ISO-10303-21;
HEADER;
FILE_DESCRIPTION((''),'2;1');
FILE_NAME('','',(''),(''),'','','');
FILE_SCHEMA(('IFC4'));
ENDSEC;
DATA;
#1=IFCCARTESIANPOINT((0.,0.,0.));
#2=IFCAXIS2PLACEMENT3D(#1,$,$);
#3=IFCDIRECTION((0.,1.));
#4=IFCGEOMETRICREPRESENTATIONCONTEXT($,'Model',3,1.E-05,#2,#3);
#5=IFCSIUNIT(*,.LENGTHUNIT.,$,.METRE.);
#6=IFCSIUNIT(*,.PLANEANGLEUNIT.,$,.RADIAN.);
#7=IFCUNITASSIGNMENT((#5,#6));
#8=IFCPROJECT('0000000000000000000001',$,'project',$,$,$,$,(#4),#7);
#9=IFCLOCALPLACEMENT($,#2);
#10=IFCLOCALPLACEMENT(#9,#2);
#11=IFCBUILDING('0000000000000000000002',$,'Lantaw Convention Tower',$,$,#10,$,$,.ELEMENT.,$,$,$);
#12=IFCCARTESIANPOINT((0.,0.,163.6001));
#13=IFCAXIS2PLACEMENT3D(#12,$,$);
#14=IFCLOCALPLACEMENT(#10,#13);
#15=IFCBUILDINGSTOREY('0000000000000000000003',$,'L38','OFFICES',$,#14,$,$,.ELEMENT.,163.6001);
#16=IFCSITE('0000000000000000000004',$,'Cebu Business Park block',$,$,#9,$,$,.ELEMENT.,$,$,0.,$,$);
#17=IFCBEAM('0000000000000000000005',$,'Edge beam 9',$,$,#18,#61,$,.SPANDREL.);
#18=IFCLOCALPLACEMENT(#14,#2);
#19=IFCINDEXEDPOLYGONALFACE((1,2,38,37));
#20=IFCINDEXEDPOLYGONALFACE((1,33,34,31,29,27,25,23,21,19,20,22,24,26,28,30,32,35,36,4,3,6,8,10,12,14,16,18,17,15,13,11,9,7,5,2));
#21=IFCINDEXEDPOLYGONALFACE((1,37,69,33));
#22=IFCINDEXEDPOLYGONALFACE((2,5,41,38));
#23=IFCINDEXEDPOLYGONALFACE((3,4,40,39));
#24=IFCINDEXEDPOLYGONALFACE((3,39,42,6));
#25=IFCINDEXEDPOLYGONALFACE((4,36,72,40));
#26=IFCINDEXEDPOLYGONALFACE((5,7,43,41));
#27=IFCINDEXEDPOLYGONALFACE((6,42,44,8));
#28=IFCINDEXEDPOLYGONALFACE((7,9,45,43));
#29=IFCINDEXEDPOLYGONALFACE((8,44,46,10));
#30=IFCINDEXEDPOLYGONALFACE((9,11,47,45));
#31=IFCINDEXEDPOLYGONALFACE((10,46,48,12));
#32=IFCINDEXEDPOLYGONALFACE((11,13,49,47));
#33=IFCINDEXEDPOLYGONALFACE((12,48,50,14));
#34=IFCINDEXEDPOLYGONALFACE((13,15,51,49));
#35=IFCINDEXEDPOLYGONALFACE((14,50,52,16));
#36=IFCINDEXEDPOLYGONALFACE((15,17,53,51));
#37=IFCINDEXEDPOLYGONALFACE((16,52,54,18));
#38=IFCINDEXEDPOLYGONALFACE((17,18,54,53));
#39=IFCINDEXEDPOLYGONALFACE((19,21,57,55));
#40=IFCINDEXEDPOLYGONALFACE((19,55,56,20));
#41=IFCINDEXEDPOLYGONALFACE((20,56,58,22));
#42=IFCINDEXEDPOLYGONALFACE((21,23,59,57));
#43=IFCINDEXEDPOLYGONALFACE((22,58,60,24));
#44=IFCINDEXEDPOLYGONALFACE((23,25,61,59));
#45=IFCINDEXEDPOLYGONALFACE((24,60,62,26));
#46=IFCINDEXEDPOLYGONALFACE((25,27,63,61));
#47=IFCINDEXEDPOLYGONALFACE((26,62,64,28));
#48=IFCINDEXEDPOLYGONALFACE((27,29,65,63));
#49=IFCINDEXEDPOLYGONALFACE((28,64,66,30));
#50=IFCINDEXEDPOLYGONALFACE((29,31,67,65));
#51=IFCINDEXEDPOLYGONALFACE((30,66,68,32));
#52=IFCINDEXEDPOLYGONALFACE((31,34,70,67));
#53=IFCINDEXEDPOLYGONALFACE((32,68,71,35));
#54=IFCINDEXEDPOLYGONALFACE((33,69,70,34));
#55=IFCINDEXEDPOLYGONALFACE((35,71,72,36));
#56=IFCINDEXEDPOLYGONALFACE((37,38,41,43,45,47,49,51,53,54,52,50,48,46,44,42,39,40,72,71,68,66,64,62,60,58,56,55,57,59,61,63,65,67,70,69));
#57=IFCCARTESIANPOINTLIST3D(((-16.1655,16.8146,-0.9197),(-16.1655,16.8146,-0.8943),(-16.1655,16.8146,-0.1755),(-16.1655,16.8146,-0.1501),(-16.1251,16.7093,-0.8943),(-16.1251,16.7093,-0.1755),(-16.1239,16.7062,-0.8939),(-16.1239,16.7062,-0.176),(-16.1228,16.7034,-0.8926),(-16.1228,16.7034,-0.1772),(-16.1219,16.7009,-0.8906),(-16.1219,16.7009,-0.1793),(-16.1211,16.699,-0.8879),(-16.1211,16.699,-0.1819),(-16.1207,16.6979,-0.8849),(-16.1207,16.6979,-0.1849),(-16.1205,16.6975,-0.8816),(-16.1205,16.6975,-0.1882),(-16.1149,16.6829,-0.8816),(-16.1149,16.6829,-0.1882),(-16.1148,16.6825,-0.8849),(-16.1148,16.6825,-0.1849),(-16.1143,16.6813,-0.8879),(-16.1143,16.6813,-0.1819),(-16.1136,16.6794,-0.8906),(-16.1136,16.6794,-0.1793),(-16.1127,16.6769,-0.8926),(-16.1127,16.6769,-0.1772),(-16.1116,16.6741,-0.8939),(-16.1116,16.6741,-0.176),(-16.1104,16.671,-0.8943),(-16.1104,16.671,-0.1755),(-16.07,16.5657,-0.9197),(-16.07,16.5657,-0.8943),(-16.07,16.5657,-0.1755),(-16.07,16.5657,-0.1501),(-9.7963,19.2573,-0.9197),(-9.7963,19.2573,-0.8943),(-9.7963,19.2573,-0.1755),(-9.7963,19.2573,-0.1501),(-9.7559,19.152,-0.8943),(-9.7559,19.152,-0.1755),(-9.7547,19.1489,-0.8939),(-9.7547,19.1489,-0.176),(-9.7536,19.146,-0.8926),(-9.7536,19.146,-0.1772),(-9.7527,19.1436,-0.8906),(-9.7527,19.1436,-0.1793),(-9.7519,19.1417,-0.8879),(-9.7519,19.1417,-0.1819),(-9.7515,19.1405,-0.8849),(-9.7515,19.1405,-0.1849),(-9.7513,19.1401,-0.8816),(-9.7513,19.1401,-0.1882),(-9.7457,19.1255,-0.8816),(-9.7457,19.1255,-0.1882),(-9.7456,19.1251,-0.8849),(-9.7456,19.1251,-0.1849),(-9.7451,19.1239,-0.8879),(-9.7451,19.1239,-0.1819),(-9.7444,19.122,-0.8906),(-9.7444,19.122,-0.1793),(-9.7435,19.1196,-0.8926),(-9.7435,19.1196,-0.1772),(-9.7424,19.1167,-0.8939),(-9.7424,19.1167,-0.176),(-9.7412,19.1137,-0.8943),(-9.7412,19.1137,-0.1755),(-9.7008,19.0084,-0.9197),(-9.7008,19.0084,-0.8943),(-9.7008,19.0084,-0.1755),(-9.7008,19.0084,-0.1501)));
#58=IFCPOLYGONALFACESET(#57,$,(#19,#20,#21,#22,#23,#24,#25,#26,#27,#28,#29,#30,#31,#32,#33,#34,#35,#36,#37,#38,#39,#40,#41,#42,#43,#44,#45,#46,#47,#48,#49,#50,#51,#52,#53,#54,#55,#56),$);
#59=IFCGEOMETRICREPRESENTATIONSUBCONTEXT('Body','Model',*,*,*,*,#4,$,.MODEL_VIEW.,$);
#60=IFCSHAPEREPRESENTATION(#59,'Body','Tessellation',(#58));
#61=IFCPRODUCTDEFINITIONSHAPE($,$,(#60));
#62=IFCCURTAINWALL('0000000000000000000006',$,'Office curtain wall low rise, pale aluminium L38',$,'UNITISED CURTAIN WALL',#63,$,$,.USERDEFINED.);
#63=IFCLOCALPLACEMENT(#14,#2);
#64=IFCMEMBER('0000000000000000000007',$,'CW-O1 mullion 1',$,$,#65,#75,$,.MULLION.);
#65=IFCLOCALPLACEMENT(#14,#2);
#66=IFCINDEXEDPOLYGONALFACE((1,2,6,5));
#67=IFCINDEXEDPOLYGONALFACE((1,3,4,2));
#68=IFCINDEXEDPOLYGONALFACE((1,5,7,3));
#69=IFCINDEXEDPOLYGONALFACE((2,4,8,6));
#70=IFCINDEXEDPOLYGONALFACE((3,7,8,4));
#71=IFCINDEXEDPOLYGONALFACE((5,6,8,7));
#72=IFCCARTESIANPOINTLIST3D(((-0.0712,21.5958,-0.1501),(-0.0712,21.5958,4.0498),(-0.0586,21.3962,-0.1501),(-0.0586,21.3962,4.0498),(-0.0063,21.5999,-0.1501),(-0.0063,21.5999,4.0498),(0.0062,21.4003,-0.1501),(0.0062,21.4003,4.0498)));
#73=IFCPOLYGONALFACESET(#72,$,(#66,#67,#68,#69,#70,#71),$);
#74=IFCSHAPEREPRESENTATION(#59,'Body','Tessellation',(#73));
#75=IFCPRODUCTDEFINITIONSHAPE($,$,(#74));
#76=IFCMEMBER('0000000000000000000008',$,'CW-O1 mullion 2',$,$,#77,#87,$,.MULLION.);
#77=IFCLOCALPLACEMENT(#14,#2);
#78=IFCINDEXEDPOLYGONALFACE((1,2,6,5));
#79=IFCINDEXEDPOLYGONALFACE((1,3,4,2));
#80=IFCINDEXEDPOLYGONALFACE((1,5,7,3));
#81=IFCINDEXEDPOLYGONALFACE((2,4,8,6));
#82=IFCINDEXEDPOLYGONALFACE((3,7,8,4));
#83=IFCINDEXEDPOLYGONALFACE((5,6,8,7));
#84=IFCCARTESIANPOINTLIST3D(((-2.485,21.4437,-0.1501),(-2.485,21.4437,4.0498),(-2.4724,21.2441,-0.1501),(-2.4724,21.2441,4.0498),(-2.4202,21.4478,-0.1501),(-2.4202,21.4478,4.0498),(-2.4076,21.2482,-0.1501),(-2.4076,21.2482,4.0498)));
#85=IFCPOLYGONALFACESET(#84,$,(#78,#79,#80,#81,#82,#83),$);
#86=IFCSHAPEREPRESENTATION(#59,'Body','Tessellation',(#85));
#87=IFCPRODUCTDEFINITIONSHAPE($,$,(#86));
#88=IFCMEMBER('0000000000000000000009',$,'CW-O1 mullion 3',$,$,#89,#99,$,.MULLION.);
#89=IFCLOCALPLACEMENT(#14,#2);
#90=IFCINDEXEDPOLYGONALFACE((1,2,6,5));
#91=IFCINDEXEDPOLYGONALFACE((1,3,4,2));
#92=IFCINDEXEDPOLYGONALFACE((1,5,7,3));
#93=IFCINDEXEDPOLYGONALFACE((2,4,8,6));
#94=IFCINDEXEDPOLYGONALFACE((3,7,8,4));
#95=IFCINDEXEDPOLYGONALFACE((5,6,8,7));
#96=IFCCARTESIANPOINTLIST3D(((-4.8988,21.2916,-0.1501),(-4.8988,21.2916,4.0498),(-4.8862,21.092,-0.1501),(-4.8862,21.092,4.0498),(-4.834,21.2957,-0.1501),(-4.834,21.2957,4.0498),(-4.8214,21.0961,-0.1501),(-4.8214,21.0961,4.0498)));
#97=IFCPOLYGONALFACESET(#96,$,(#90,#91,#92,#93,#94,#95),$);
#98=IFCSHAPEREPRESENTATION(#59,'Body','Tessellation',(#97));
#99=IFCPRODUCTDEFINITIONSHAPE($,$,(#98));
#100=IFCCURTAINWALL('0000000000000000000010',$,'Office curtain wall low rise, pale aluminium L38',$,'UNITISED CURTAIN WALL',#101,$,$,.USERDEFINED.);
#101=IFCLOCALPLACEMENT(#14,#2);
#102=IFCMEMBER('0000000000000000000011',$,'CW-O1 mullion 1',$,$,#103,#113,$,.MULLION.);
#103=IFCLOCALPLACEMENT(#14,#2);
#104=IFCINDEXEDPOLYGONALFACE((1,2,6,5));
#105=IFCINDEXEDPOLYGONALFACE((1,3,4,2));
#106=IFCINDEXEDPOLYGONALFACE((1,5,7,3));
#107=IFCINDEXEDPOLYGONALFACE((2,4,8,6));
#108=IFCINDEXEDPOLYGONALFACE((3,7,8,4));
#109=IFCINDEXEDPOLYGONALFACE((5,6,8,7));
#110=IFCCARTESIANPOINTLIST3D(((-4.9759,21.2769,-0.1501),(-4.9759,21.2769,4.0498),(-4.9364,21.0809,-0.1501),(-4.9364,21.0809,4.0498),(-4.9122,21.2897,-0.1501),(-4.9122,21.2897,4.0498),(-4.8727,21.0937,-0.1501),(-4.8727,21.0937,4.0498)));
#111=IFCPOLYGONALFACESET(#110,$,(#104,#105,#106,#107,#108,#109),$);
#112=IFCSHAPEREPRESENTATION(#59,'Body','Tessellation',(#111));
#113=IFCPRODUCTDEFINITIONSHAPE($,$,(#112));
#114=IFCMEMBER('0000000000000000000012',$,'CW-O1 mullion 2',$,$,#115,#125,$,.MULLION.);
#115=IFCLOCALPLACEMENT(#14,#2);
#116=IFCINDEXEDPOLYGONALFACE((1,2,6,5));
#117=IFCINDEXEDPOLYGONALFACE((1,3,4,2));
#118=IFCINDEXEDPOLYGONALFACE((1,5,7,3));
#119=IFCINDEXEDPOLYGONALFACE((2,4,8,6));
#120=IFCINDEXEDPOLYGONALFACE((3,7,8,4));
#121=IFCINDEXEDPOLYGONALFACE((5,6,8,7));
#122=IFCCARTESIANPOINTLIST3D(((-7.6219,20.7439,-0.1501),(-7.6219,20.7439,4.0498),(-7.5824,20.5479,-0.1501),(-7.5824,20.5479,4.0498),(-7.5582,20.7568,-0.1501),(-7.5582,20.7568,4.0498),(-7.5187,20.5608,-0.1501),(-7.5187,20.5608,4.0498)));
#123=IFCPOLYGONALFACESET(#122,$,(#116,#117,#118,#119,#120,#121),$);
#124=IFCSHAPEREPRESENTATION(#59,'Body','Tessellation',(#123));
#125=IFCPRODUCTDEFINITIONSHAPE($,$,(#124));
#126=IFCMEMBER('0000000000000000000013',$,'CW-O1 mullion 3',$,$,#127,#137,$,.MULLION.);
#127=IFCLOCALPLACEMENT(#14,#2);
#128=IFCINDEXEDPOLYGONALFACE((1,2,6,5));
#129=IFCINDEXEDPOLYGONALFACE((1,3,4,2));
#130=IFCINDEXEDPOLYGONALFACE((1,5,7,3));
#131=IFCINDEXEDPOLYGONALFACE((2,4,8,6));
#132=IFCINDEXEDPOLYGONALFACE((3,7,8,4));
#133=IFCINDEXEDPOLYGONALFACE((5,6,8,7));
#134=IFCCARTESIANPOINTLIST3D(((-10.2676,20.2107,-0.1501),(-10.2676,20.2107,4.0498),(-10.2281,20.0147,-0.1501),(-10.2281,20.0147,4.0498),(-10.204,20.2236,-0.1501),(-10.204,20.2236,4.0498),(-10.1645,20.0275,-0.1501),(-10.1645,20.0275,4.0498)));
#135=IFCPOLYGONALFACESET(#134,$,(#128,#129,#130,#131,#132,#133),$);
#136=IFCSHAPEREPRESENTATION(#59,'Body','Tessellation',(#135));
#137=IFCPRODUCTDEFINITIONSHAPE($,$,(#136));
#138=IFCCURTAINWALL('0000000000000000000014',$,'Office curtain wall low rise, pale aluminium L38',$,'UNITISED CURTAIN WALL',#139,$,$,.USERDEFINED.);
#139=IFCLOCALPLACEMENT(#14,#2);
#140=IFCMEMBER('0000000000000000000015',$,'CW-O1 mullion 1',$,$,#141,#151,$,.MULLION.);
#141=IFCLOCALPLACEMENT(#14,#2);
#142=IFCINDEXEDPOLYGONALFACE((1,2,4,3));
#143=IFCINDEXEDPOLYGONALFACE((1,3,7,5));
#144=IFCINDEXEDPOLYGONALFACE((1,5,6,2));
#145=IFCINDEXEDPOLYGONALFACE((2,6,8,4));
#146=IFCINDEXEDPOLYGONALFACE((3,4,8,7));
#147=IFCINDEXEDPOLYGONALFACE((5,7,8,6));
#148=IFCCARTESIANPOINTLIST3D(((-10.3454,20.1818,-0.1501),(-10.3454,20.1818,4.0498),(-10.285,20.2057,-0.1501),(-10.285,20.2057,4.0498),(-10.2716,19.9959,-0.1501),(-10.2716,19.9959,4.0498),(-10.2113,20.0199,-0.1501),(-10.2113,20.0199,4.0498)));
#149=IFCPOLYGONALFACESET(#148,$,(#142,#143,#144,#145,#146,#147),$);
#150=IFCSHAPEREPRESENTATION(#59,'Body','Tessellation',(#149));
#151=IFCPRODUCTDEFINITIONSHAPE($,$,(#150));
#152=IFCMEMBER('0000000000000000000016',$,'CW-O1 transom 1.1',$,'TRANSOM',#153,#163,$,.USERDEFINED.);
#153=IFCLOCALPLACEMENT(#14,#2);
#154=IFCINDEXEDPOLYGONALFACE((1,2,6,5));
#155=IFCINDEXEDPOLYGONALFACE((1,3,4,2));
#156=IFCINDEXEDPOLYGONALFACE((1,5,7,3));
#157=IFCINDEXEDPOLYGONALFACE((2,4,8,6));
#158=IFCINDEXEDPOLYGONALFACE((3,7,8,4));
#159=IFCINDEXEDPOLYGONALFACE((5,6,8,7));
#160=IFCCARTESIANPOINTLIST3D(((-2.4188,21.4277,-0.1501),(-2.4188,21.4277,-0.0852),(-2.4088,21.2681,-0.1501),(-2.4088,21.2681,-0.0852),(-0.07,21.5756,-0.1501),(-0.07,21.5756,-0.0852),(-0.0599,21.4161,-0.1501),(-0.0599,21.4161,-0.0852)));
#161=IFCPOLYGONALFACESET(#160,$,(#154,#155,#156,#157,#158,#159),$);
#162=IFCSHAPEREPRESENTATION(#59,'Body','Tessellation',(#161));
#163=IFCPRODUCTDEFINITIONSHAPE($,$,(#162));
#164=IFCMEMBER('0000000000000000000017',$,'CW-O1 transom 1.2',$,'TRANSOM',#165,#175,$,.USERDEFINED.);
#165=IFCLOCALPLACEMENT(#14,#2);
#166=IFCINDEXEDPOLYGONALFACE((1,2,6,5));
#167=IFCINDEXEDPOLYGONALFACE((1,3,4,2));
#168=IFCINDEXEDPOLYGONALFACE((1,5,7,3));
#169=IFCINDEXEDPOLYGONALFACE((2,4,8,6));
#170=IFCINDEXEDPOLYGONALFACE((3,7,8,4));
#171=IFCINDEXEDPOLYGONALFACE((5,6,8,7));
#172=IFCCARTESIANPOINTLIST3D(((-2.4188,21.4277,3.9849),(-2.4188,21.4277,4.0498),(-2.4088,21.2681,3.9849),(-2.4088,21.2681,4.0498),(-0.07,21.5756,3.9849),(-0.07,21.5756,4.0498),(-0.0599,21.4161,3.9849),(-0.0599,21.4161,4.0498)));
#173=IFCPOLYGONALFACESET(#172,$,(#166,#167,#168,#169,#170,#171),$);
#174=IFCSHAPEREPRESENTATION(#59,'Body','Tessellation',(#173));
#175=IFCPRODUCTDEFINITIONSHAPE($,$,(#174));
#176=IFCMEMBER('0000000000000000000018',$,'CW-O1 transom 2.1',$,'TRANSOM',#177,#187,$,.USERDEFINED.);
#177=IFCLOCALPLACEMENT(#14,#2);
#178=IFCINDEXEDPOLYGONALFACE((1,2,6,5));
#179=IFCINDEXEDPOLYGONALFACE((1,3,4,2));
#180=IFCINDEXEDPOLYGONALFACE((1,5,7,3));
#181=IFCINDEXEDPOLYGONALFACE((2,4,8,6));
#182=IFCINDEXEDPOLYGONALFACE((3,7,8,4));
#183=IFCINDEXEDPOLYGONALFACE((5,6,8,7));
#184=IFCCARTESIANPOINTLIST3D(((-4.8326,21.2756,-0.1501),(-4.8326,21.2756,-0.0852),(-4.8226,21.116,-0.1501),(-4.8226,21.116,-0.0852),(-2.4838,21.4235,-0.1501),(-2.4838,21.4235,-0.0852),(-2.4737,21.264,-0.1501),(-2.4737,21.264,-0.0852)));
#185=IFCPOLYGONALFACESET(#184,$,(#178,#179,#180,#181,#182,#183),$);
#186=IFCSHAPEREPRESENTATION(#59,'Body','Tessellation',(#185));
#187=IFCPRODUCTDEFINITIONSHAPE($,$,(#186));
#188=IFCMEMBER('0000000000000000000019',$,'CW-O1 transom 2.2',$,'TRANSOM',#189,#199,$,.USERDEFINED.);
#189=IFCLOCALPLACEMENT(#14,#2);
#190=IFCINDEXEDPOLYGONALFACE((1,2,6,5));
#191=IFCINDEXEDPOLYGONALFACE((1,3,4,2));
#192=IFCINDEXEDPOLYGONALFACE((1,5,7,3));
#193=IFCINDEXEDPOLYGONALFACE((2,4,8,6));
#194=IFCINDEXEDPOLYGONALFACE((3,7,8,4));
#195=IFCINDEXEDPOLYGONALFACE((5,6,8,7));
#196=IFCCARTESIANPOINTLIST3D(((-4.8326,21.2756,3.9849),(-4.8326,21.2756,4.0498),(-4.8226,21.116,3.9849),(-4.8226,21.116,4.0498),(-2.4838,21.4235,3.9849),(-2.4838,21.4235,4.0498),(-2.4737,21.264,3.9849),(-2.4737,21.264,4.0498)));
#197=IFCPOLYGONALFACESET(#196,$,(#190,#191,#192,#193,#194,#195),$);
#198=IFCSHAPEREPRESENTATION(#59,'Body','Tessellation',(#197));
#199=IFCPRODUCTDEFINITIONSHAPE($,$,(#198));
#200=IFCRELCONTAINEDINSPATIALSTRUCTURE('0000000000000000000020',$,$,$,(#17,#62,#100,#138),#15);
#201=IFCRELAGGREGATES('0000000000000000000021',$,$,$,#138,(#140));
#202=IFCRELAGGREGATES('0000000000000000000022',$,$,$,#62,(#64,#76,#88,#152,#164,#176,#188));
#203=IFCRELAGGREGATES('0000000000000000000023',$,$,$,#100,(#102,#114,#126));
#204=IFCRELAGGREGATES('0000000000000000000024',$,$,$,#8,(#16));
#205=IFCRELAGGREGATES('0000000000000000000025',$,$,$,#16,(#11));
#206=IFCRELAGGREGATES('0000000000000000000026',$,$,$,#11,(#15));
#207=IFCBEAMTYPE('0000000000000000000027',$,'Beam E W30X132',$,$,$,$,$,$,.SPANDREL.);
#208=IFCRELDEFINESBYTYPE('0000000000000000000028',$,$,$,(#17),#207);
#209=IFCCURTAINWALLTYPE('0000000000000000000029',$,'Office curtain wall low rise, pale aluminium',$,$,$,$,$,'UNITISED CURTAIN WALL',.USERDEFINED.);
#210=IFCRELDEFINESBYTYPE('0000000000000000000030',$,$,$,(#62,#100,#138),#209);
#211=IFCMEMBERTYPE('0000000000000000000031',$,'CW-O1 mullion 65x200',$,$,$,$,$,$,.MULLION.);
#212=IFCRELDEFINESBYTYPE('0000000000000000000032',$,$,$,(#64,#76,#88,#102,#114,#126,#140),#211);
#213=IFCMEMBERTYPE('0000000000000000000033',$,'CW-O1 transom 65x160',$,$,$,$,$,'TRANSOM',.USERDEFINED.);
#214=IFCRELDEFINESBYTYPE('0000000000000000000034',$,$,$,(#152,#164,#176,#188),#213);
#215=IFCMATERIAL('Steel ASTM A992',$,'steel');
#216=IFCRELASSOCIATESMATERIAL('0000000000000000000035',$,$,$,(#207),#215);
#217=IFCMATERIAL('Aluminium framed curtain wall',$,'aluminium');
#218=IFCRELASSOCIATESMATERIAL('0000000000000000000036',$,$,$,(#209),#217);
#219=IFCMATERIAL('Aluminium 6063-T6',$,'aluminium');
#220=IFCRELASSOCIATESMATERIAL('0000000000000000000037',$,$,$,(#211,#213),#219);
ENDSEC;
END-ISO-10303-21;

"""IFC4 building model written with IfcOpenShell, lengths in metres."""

from ifc_helpers import new_model, si_unit, direction, frame, origin, origin_2d, place, context, subcontext, project, spatial, rectangle, i_section, extrude, material, material_profile, profile_set, type_object, element, aggregate, save


model = new_model("IFC4")

# Units and contexts
model_context = context("Model", 3, precision=1e-05, world=origin(), true_north=direction((0.0, 1.0)))
body_context = subcontext(model_context, "Body", "Model", "MODEL_VIEW")
ifc_project = project(units=[si_unit("LENGTHUNIT", "METRE"), si_unit("PLANEANGLEUNIT", "RADIAN")], contexts=[model_context])

# Site, building, storey
site_placement = place(None, origin())
site = spatial("IfcSite", under=ifc_project, at=site_placement, Name="Cebu Business Park block", CompositionType="ELEMENT", RefElevation=0.0)
building_placement = place(site_placement, origin())
building = spatial("IfcBuilding", under=site, at=building_placement, Name="Lantaw Convention Tower", CompositionType="ELEMENT")
storey_placement = place(building_placement, frame((0.0, 0.0, 163.6001)))
storey = spatial("IfcBuildingStorey", under=building, at=storey_placement, Name="L38", Description="OFFICES", CompositionType="ELEMENT", Elevation=163.6001)

# Beam
ifc_material_1 = material(Name="Steel ASTM A992", Category="steel")
ifc_material_profile_1 = material_profile(ifc_material_1, i_section(OverallWidth=0.2666, OverallDepth=0.7695, WebThickness=0.0156, FlangeThickness=0.0254, FilletRadius=0.0127, at=origin_2d()), Name="W30X132")
ifc_profile_set_1 = profile_set([ifc_material_profile_1], Name="Steel ASTM A992")
beam_type = type_object("IfcBeamType", Name="Beam E W30X132", PredefinedType="SPANDREL", material=ifc_profile_set_1)
beam_1_placement = place(storey_placement, frame((-9.7485, 19.1328, -0.5349), z_axis=(-0.933691, -0.35808, 0.0), x_axis=(0.35808, -0.933691, 0.0)))
element("IfcBeam", 1, at=beam_1_placement, inside=storey, type_object=beam_type, Name="Edge beam 9", PredefinedType="SPANDREL", context=body_context, shape_type="SweptSolid", body=[
    extrude(i_section(OverallWidth=0.2666, OverallDepth=0.7695, WebThickness=0.0156, FlangeThickness=0.0254, FilletRadius=0.0127, at=origin_2d()), origin(), (0.0, 0.0, 1.0), 6.8215),
])

# Curtain walls, members
ifc_material_2 = material(Name="Aluminium framed curtain wall", Category="aluminium")
curtain_wall_type = type_object("IfcCurtainWallType", Name="Office curtain wall low rise, pale aluminium", ElementType="UNITISED CURTAIN WALL", PredefinedType="USERDEFINED", material=ifc_material_2)
curtain_wall_1_placement = place(storey_placement, origin())
curtain_wall_1 = element("IfcCurtainWall", 2, at=curtain_wall_1_placement, inside=storey, type_object=curtain_wall_type, Name="Office curtain wall low rise, pale aluminium L38", ObjectType="UNITISED CURTAIN WALL", PredefinedType="USERDEFINED")
ifc_material_3 = material(Name="Aluminium 6063-T6", Category="aluminium")
ifc_material_profile_2 = material_profile(ifc_material_3, rectangle(XDim=0.2, YDim=0.0649, at=origin_2d()), Name="CW-O1 mullion 65x200")
ifc_profile_set_2 = profile_set([ifc_material_profile_2], Name="Aluminium 6063-T6")
member_type_1 = type_object("IfcMemberType", Name="CW-O1 mullion 65x200", PredefinedType="MULLION", material=ifc_profile_set_2)
member_1_placement = place(storey_placement, frame((-0.0325, 21.498, -0.1501), z_axis=(0.0, 0.0, 1.0), x_axis=(0.062865, -0.998022, 0.0)))
member_1 = element("IfcMember", 3, at=member_1_placement, type_object=member_type_1, Name="CW-O1 mullion 1", PredefinedType="MULLION", context=body_context, shape_type="SweptSolid", body=[
    extrude(rectangle(XDim=0.2, YDim=0.0649, at=origin_2d()), origin(), (0.0, 0.0, 1.0), 4.2),
])
member_2_placement = place(storey_placement, frame((-2.4463, 21.3459, -0.1501), z_axis=(0.0, 0.0, 1.0), x_axis=(0.062865, -0.998022, 0.0)))
member_2 = element("IfcMember", 4, at=member_2_placement, type_object=member_type_1, Name="CW-O1 mullion 2", PredefinedType="MULLION", context=body_context, shape_type="SweptSolid", body=[
    extrude(rectangle(XDim=0.2, YDim=0.0649, at=origin_2d()), origin(), (0.0, 0.0, 1.0), 4.2),
])
member_3_placement = place(storey_placement, frame((-4.8601, 21.1938, -0.1501), z_axis=(0.0, 0.0, 1.0), x_axis=(0.062865, -0.998022, 0.0)))
member_3 = element("IfcMember", 5, at=member_3_placement, type_object=member_type_1, Name="CW-O1 mullion 3", PredefinedType="MULLION", context=body_context, shape_type="SweptSolid", body=[
    extrude(rectangle(XDim=0.2, YDim=0.0649, at=origin_2d()), origin(), (0.0, 0.0, 1.0), 4.2),
])
curtain_wall_2_placement = place(storey_placement, origin())
curtain_wall_2 = element("IfcCurtainWall", 6, at=curtain_wall_2_placement, inside=storey, type_object=curtain_wall_type, Name="Office curtain wall low rise, pale aluminium L38", ObjectType="UNITISED CURTAIN WALL", PredefinedType="USERDEFINED")
member_4_placement = place(storey_placement, frame((-4.9243, 21.1853, -0.1501), z_axis=(0.0, 0.0, 1.0), x_axis=(0.197507, -0.980302, 0.0)))
member_4 = element("IfcMember", 7, at=member_4_placement, type_object=member_type_1, Name="CW-O1 mullion 1", PredefinedType="MULLION", context=body_context, shape_type="SweptSolid", body=[
    extrude(rectangle(XDim=0.2, YDim=0.0649, at=origin_2d()), origin(), (0.0, 0.0, 1.0), 4.2),
])
member_5_placement = place(storey_placement, frame((-7.5703, 20.6523, -0.1501), z_axis=(0.0, 0.0, 1.0), x_axis=(0.197507, -0.980302, 0.0)))
member_5 = element("IfcMember", 8, at=member_5_placement, type_object=member_type_1, Name="CW-O1 mullion 2", PredefinedType="MULLION", context=body_context, shape_type="SweptSolid", body=[
    extrude(rectangle(XDim=0.2, YDim=0.0649, at=origin_2d()), origin(), (0.0, 0.0, 1.0), 4.2),
])
member_6_placement = place(storey_placement, frame((-10.2161, 20.1191, -0.1501), z_axis=(0.0, 0.0, 1.0), x_axis=(0.197507, -0.980302, 0.0)))
member_6 = element("IfcMember", 9, at=member_6_placement, type_object=member_type_1, Name="CW-O1 mullion 3", PredefinedType="MULLION", context=body_context, shape_type="SweptSolid", body=[
    extrude(rectangle(XDim=0.2, YDim=0.0649, at=origin_2d()), origin(), (0.0, 0.0, 1.0), 4.2),
])

# Curtain wall, member
curtain_wall_3_placement = place(storey_placement, origin())
curtain_wall_3 = element("IfcCurtainWall", 10, at=curtain_wall_3_placement, inside=storey, type_object=curtain_wall_type, Name="Office curtain wall low rise, pale aluminium L38", ObjectType="UNITISED CURTAIN WALL", PredefinedType="USERDEFINED")
member_7_placement = place(storey_placement, frame((-10.2783, 20.1008, -0.1501), z_axis=(0.0, 0.0, 1.0), x_axis=(0.368702, -0.929548, 0.0)))
member_7 = element("IfcMember", 11, at=member_7_placement, type_object=member_type_1, Name="CW-O1 mullion 1", PredefinedType="MULLION", context=body_context, shape_type="SweptSolid", body=[
    extrude(rectangle(XDim=0.2, YDim=0.0649, at=origin_2d()), origin(), (0.0, 0.0, 1.0), 4.2),
])

# Members
ifc_material_profile_3 = material_profile(ifc_material_3, rectangle(XDim=0.1599, YDim=0.0649, at=origin_2d()), Name="CW-O1 transom 65x160")
ifc_profile_set_3 = profile_set([ifc_material_profile_3], Name="Aluminium 6063-T6")
member_type_2 = type_object("IfcMemberType", Name="CW-O1 transom 65x160", ElementType="TRANSOM", PredefinedType="USERDEFINED", material=ifc_profile_set_3)
member_8_placement = place(storey_placement, frame((-0.0649, 21.4958, -0.1177), z_axis=(-0.998022, -0.062863, 0.0), x_axis=(0.062863, -0.998022, 0.0)))
member_8 = element("IfcMember", 12, at=member_8_placement, type_object=member_type_2, Name="CW-O1 transom 1.1", ObjectType="TRANSOM", PredefinedType="USERDEFINED", context=body_context, shape_type="SweptSolid", body=[
    extrude(rectangle(XDim=0.1599, YDim=0.0649, at=origin_2d()), origin(), (0.0, 0.0, 1.0), 2.3535),
])
member_9_placement = place(storey_placement, frame((-0.0649, 21.4958, 4.0173), z_axis=(-0.998022, -0.062863, 0.0), x_axis=(0.062863, -0.998022, 0.0)))
member_9 = element("IfcMember", 13, at=member_9_placement, type_object=member_type_2, Name="CW-O1 transom 1.2", ObjectType="TRANSOM", PredefinedType="USERDEFINED", context=body_context, shape_type="SweptSolid", body=[
    extrude(rectangle(XDim=0.1599, YDim=0.0649, at=origin_2d()), origin(), (0.0, 0.0, 1.0), 2.3535),
])
member_10_placement = place(storey_placement, frame((-2.4788, 21.3438, -0.1177), z_axis=(-0.998022, -0.062863, 0.0), x_axis=(0.062863, -0.998022, 0.0)))
member_10 = element("IfcMember", 14, at=member_10_placement, type_object=member_type_2, Name="CW-O1 transom 2.1", ObjectType="TRANSOM", PredefinedType="USERDEFINED", context=body_context, shape_type="SweptSolid", body=[
    extrude(rectangle(XDim=0.1599, YDim=0.0649, at=origin_2d()), origin(), (0.0, 0.0, 1.0), 2.3535),
])
member_11_placement = place(storey_placement, frame((-2.4788, 21.3438, 4.0173), z_axis=(-0.998022, -0.062863, 0.0), x_axis=(0.062863, -0.998022, 0.0)))
member_11 = element("IfcMember", 15, at=member_11_placement, type_object=member_type_2, Name="CW-O1 transom 2.2", ObjectType="TRANSOM", PredefinedType="USERDEFINED", context=body_context, shape_type="SweptSolid", body=[
    extrude(rectangle(XDim=0.1599, YDim=0.0649, at=origin_2d()), origin(), (0.0, 0.0, 1.0), 2.3535),
])
aggregate(curtain_wall_3, [member_7])

aggregate(curtain_wall_1, [member_1, member_2, member_3, member_8, member_9, member_10, member_11])
aggregate(curtain_wall_2, [member_4, member_5, member_6])

save(model, "model.ifc")
